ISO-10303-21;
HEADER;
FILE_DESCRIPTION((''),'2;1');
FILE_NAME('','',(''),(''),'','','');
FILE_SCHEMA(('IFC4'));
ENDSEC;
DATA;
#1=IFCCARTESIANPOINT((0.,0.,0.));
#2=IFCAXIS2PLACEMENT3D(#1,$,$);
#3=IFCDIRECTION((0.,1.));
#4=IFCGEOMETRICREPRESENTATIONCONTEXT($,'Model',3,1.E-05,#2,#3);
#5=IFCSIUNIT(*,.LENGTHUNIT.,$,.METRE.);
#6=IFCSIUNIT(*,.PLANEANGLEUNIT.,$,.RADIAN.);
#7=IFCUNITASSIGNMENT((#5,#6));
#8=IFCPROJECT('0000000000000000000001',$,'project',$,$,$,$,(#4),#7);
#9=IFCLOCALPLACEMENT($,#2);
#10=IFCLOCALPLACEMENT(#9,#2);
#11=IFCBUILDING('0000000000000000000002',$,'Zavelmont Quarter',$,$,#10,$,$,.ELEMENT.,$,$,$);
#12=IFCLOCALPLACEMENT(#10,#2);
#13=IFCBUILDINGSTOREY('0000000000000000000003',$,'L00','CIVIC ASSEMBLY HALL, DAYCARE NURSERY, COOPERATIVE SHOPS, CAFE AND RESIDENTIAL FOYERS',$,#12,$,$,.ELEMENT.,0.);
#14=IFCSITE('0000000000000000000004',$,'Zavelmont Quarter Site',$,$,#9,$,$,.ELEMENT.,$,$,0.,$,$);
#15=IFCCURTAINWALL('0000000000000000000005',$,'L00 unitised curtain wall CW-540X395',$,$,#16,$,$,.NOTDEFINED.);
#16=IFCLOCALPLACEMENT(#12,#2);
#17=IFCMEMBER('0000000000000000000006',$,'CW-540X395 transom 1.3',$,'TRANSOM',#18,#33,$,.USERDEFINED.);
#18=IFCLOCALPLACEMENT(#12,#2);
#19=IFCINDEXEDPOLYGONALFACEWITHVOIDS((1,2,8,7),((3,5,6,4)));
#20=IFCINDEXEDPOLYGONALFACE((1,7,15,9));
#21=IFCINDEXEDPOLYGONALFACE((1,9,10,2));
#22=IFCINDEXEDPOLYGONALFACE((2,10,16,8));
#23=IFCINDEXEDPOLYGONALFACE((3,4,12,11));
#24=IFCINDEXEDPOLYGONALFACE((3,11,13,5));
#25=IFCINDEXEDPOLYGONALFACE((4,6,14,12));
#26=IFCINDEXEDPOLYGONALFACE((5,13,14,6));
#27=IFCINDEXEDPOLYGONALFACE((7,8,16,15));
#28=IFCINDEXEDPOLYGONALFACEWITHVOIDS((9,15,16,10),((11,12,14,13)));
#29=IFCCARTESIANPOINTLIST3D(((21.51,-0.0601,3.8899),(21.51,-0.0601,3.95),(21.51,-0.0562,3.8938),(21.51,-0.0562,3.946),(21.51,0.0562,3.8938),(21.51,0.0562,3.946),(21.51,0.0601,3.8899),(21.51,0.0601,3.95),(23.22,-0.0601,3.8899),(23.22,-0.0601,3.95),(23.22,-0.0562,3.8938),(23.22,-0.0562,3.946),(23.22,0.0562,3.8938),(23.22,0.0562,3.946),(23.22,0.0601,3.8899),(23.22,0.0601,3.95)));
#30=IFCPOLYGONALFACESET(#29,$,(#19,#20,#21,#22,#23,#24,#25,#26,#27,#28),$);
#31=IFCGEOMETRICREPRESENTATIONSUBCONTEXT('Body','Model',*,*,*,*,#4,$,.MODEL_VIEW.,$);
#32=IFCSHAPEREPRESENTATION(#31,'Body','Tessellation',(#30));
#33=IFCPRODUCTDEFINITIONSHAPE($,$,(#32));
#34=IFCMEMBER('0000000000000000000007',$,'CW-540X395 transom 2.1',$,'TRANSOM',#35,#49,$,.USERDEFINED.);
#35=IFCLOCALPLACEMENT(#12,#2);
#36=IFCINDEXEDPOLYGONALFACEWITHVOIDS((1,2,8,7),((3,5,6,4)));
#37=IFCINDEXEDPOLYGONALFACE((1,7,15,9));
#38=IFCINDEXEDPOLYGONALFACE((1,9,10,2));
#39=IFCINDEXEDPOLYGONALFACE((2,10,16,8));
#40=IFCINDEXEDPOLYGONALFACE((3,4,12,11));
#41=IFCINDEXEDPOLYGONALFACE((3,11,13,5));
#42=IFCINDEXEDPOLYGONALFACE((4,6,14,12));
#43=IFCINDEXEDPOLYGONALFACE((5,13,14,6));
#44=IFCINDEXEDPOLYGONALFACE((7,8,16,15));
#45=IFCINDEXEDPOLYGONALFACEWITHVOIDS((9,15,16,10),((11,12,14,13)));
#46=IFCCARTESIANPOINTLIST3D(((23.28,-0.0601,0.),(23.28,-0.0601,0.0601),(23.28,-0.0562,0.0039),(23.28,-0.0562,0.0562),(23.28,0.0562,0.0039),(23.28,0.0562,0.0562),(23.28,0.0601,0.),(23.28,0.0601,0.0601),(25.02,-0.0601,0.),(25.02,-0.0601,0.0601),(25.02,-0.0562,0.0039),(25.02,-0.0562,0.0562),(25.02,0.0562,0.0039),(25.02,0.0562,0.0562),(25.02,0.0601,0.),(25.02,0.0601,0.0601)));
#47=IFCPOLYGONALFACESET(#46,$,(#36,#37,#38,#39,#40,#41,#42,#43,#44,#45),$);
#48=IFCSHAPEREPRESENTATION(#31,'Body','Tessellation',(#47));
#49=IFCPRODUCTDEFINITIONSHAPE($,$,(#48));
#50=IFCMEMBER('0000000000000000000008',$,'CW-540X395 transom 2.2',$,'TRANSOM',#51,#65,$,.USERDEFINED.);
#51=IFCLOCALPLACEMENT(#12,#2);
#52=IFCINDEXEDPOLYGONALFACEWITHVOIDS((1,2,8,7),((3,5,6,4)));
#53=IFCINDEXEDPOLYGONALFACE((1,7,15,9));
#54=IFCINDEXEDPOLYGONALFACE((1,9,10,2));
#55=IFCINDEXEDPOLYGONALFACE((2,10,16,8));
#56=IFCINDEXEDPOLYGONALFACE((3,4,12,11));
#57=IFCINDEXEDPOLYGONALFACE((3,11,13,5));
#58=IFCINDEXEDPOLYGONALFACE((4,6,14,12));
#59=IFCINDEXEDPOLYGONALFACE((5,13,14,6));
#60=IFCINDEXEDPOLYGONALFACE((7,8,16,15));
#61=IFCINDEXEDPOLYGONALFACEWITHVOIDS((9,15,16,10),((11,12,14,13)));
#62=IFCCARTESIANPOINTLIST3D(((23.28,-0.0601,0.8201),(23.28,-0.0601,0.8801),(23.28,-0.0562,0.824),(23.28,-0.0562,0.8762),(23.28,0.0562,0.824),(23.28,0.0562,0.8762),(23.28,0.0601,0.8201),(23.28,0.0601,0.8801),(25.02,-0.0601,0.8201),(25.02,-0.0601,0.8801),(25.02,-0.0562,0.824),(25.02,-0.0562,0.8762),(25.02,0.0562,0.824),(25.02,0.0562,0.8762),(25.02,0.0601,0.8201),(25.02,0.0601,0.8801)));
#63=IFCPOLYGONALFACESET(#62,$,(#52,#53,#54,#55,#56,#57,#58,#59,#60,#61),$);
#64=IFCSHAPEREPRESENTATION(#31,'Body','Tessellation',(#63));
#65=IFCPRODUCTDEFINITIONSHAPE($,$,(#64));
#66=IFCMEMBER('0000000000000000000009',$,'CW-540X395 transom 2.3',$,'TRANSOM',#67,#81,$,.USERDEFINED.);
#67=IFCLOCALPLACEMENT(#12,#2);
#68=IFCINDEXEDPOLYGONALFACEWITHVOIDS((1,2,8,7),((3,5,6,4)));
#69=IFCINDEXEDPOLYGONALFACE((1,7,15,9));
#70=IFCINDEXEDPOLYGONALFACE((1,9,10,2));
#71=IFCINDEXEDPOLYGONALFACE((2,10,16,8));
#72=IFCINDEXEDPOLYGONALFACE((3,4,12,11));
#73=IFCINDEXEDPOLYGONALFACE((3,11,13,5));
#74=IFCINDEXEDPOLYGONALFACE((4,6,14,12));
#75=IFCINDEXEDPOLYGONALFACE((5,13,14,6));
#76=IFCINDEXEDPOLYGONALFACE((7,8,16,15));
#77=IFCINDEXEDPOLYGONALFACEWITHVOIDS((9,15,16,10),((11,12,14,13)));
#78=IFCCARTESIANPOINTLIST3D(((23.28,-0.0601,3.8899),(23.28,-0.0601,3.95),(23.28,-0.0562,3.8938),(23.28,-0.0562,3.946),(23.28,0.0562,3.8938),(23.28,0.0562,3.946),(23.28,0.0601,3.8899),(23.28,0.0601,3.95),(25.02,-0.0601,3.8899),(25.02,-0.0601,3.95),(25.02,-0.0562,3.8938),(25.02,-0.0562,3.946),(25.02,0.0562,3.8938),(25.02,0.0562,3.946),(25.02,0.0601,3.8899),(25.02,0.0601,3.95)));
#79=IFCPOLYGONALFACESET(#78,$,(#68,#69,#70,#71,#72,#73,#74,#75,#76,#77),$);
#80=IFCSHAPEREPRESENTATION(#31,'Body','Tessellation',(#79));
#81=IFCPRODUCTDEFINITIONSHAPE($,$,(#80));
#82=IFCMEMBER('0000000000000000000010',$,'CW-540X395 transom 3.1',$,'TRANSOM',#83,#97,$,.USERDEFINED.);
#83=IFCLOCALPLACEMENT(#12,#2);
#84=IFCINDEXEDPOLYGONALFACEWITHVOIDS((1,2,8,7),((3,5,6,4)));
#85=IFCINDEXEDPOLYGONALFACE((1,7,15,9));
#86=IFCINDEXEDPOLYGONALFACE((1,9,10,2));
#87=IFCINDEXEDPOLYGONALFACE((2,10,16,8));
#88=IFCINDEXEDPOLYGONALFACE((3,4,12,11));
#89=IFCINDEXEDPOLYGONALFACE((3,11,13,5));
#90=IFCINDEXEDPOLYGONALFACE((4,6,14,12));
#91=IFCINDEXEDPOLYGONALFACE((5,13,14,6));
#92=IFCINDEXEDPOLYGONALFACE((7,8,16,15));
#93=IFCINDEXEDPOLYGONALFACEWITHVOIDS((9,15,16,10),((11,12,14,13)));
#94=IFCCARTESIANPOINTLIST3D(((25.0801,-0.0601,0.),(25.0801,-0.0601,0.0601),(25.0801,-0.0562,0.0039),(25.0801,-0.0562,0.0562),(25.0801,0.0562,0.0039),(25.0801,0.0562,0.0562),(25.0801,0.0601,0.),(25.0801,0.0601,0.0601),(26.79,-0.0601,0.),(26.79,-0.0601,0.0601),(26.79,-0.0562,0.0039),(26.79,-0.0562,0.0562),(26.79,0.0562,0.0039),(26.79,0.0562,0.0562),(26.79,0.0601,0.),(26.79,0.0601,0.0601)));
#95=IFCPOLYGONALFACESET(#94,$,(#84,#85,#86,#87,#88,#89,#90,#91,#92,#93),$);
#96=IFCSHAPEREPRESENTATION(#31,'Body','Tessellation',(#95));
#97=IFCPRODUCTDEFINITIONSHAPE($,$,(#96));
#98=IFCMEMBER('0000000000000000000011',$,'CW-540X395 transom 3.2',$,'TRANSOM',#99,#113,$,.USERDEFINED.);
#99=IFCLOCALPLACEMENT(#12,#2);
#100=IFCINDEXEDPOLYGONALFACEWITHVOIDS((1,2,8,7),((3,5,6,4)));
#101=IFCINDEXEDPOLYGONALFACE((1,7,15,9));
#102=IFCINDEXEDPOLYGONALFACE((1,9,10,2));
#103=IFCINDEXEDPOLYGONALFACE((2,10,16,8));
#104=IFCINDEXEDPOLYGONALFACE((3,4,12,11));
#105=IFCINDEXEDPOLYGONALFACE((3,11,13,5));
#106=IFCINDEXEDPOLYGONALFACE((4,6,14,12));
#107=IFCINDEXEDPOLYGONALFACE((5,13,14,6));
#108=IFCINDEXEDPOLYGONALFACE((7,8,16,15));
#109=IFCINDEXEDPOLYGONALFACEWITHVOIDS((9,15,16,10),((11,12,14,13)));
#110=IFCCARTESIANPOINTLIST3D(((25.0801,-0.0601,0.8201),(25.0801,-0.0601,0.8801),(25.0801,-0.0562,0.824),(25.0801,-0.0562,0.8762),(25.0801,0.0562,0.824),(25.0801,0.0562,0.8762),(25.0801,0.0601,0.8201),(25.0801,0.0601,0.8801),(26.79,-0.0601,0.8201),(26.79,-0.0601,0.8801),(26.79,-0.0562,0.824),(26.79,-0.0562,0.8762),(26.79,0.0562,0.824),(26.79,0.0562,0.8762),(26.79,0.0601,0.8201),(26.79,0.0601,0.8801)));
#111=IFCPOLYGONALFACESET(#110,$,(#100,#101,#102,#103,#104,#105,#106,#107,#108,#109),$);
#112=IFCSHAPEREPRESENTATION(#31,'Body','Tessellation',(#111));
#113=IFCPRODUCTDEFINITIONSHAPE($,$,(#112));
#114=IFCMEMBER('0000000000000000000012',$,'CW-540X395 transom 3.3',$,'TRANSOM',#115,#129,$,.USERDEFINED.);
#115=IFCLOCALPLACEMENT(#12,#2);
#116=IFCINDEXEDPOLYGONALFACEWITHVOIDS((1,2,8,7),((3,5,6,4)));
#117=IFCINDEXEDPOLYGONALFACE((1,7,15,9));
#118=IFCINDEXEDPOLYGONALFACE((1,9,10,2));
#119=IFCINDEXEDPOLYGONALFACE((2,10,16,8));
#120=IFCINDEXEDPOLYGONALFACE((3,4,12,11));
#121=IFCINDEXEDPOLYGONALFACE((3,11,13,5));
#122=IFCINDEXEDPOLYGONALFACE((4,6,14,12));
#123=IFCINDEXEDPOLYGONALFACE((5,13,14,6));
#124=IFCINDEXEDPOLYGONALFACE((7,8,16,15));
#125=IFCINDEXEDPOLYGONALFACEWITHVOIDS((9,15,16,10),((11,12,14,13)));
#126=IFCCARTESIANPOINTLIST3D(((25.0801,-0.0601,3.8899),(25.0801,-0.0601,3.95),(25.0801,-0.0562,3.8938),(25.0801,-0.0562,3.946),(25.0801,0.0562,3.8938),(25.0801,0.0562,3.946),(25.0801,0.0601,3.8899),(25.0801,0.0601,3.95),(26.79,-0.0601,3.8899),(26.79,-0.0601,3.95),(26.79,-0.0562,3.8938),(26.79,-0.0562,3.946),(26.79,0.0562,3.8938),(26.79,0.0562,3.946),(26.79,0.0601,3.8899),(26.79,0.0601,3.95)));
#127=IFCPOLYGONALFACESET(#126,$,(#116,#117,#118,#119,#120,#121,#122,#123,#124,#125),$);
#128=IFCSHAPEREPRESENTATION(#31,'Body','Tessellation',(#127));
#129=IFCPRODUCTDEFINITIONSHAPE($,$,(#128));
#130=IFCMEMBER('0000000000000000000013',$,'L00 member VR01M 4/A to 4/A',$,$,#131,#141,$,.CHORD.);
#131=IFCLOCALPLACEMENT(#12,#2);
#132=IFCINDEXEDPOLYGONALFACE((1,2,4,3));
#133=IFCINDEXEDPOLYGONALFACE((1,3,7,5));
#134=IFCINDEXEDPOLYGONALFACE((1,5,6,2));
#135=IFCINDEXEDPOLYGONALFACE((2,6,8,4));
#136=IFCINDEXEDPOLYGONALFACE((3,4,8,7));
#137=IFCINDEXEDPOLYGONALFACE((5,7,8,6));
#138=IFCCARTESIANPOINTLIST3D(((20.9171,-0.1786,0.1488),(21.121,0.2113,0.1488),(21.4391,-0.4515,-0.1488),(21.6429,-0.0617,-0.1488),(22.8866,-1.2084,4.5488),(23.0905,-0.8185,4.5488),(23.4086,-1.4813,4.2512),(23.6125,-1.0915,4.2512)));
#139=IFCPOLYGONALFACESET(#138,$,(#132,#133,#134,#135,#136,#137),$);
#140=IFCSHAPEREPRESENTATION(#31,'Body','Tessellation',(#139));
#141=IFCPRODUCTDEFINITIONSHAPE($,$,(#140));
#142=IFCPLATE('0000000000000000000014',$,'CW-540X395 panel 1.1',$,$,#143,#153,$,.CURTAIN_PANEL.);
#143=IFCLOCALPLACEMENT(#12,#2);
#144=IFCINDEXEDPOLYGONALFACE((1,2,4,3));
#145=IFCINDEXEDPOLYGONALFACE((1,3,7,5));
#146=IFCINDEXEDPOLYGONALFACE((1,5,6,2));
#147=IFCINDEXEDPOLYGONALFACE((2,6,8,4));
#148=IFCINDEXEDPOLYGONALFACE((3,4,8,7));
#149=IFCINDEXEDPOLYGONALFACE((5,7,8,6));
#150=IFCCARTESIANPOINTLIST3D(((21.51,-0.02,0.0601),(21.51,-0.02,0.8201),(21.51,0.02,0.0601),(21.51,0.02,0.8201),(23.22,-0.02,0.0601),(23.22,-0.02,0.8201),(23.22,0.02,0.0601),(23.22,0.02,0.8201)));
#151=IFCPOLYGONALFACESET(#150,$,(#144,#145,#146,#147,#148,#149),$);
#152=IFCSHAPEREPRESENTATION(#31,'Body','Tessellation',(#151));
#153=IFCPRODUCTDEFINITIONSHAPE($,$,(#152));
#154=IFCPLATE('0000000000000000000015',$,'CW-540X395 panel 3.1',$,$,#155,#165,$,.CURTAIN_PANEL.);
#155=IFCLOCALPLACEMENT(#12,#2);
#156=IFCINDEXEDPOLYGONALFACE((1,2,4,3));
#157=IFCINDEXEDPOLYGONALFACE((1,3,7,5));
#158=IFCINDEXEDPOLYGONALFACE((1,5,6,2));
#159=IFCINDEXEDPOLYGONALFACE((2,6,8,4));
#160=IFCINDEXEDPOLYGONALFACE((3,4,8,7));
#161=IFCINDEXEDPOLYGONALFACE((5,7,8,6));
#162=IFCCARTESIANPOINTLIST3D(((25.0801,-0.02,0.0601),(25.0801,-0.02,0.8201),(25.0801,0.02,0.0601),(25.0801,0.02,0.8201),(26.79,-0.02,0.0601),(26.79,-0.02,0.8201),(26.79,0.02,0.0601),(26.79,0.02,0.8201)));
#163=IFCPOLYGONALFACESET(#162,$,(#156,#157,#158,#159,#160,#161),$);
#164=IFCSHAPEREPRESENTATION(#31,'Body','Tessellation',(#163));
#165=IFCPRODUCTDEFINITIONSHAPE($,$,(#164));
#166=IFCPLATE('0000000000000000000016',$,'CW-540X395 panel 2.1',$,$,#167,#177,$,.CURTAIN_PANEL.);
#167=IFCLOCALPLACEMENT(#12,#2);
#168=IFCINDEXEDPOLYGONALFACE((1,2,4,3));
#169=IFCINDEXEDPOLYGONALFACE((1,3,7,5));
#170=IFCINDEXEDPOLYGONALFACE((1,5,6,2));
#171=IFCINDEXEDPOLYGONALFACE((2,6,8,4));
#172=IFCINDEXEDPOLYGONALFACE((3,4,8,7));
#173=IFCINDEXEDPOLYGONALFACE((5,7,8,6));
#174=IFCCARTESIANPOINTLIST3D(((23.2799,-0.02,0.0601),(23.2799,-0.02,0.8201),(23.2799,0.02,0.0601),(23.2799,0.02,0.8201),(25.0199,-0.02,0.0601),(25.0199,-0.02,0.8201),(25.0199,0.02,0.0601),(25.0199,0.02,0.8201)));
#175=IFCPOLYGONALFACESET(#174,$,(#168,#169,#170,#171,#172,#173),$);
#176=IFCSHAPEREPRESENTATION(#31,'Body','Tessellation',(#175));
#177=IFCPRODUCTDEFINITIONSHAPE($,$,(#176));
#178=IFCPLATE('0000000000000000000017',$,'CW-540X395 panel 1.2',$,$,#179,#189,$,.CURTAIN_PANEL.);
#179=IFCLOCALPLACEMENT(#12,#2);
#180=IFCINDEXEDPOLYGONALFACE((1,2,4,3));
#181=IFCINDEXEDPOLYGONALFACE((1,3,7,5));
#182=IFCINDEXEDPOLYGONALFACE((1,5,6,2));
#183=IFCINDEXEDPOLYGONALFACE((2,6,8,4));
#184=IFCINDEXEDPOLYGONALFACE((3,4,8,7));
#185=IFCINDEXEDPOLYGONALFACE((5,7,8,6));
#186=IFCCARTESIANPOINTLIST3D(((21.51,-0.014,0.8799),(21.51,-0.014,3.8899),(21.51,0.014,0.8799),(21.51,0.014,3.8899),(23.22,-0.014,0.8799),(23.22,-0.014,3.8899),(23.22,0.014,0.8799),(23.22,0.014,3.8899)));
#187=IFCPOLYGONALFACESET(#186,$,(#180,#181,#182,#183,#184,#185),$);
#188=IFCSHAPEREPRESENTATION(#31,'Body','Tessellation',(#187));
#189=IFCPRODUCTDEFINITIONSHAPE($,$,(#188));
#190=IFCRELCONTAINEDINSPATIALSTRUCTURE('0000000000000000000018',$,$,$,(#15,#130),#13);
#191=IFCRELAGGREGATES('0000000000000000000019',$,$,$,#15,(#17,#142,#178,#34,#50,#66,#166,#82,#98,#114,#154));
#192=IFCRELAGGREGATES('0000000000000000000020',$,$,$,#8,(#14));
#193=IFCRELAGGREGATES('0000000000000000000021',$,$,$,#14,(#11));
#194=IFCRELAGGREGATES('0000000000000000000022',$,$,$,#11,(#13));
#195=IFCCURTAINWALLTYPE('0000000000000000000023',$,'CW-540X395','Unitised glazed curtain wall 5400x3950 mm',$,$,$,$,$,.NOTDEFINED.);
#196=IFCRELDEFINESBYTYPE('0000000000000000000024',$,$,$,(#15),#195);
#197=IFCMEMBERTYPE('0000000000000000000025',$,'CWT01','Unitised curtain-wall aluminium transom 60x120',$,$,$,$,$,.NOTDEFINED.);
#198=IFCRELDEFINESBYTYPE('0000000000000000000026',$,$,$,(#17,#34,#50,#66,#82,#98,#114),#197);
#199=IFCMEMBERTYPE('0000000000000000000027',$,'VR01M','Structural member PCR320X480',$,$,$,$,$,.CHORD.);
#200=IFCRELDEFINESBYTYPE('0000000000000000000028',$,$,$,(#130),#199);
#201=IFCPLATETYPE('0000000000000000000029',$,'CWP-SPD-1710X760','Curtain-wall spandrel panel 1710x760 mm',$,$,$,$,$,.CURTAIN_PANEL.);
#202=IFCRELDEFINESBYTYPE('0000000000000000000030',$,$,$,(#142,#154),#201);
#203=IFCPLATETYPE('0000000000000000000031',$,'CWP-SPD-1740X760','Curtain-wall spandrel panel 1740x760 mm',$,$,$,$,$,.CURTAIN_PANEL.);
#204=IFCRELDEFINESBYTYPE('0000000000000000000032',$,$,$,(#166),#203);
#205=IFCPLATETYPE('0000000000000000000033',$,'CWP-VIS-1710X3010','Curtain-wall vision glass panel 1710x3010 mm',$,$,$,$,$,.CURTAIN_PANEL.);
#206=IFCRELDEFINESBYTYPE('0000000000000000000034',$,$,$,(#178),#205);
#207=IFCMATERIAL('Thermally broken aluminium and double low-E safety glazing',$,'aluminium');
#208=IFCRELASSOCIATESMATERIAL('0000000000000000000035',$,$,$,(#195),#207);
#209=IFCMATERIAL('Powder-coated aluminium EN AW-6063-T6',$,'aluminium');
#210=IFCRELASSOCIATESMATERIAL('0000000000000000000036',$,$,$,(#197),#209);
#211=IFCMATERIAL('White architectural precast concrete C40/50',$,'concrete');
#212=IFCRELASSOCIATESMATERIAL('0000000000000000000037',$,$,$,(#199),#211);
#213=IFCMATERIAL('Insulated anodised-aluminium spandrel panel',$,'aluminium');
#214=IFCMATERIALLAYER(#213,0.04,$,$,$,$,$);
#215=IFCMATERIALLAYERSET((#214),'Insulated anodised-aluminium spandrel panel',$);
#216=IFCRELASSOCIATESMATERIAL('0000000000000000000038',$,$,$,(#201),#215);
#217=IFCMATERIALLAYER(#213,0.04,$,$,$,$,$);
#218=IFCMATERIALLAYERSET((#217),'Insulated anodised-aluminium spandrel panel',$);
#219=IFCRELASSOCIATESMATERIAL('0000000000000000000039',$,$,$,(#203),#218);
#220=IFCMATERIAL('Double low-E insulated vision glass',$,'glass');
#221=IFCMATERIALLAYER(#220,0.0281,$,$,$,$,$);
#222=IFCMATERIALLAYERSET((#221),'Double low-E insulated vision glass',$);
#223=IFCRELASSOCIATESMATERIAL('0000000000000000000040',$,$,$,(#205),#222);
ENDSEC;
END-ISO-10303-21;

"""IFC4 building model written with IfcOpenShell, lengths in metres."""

from ifc_helpers import new_model, si_unit, direction, frame, origin, origin_2d, place, context, subcontext, project, spatial, rectangle, hollow_rectangle, extrude, material, layer, layer_set, material_profile, profile_set, type_object, element, aggregate, save


model = new_model("IFC4")

# Units and contexts
model_context = context("Model", 3, precision=1e-05, world=origin(), true_north=direction((0.0, 1.0)))
body_context = subcontext(model_context, "Body", "Model", "MODEL_VIEW")
ifc_project = project(units=[si_unit("LENGTHUNIT", "METRE"), si_unit("PLANEANGLEUNIT", "RADIAN")], contexts=[model_context])

# Site, building, storey
site_placement = place(None, origin())
site = spatial("IfcSite", under=ifc_project, at=site_placement, Name="Zavelmont Quarter Site", CompositionType="ELEMENT", RefElevation=0.0)
building_placement = place(site_placement, origin())
building = spatial("IfcBuilding", under=site, at=building_placement, Name="Zavelmont Quarter", CompositionType="ELEMENT")
storey_placement = place(building_placement, origin())
storey = spatial("IfcBuildingStorey", under=building, at=storey_placement, Name="L00", Description="CIVIC ASSEMBLY HALL, DAYCARE NURSERY, COOPERATIVE SHOPS, CAFE AND RESIDENTIAL FOYERS", CompositionType="ELEMENT", Elevation=0.0)

# Curtain wall, members
ifc_material_1 = material(Name="Thermally broken aluminium and double low-E safety glazing", Category="aluminium")
curtain_wall_type = type_object("IfcCurtainWallType", Name="CW-540X395", Description="Unitised glazed curtain wall 5400x3950 mm", PredefinedType="NOTDEFINED", material=ifc_material_1)
curtain_wall_placement = place(storey_placement, origin())
curtain_wall = element("IfcCurtainWall", 1, at=curtain_wall_placement, inside=storey, type_object=curtain_wall_type, Name="L00 unitised curtain wall CW-540X395", PredefinedType="NOTDEFINED")
ifc_material_2 = material(Name="Powder-coated aluminium EN AW-6063-T6", Category="aluminium")
ifc_material_profile_1 = material_profile(ifc_material_2, hollow_rectangle(XDim=0.1201, YDim=0.0601, WallThickness=0.0039, at=origin_2d()), Name="CWT60X120")
ifc_profile_set_1 = profile_set([ifc_material_profile_1], Name="Powder-coated aluminium EN AW-6063-T6")
member_type_1 = type_object("IfcMemberType", Name="CWT01", Description="Unitised curtain-wall aluminium transom 60x120", PredefinedType="NOTDEFINED", material=ifc_profile_set_1)
member_1_placement = place(storey_placement, frame((21.51, 0.0, 3.9199), z_axis=(1.0, 0.0, 0.0), x_axis=(0.0, 1.0, 0.0)))
member_1 = element("IfcMember", 2, at=member_1_placement, type_object=member_type_1, Name="CW-540X395 transom 1.3", ObjectType="TRANSOM", PredefinedType="USERDEFINED", context=body_context, shape_type="SweptSolid", body=[
    extrude(hollow_rectangle(XDim=0.1201, YDim=0.0601, WallThickness=0.0039, at=origin_2d()), origin(), (0.0, 0.0, 1.0), 1.71),
])
member_2_placement = place(storey_placement, frame((23.28, 0.0, 0.03), z_axis=(1.0, 0.0, 0.0), x_axis=(0.0, 1.0, 0.0)))
member_2 = element("IfcMember", 3, at=member_2_placement, type_object=member_type_1, Name="CW-540X395 transom 2.1", ObjectType="TRANSOM", PredefinedType="USERDEFINED", context=body_context, shape_type="SweptSolid", body=[
    extrude(hollow_rectangle(XDim=0.1201, YDim=0.0601, WallThickness=0.0039, at=origin_2d()), origin(), (0.0, 0.0, 1.0), 1.74),
])
member_3_placement = place(storey_placement, frame((23.28, 0.0, 0.8501), z_axis=(1.0, 0.0, 0.0), x_axis=(0.0, 1.0, 0.0)))
member_3 = element("IfcMember", 4, at=member_3_placement, type_object=member_type_1, Name="CW-540X395 transom 2.2", ObjectType="TRANSOM", PredefinedType="USERDEFINED", context=body_context, shape_type="SweptSolid", body=[
    extrude(hollow_rectangle(XDim=0.1201, YDim=0.0601, WallThickness=0.0039, at=origin_2d()), origin(), (0.0, 0.0, 1.0), 1.74),
])
member_4_placement = place(storey_placement, frame((23.28, 0.0, 3.9199), z_axis=(1.0, 0.0, 0.0), x_axis=(0.0, 1.0, 0.0)))
member_4 = element("IfcMember", 5, at=member_4_placement, type_object=member_type_1, Name="CW-540X395 transom 2.3", ObjectType="TRANSOM", PredefinedType="USERDEFINED", context=body_context, shape_type="SweptSolid", body=[
    extrude(hollow_rectangle(XDim=0.1201, YDim=0.0601, WallThickness=0.0039, at=origin_2d()), origin(), (0.0, 0.0, 1.0), 1.74),
])
member_5_placement = place(storey_placement, frame((25.0801, 0.0, 0.03), z_axis=(1.0, 0.0, 0.0), x_axis=(0.0, 1.0, 0.0)))
member_5 = element("IfcMember", 6, at=member_5_placement, type_object=member_type_1, Name="CW-540X395 transom 3.1", ObjectType="TRANSOM", PredefinedType="USERDEFINED", context=body_context, shape_type="SweptSolid", body=[
    extrude(hollow_rectangle(XDim=0.1201, YDim=0.0601, WallThickness=0.0039, at=origin_2d()), origin(), (0.0, 0.0, 1.0), 1.71),
])
member_6_placement = place(storey_placement, frame((25.0801, 0.0, 0.8501), z_axis=(1.0, 0.0, 0.0), x_axis=(0.0, 1.0, 0.0)))
member_6 = element("IfcMember", 7, at=member_6_placement, type_object=member_type_1, Name="CW-540X395 transom 3.2", ObjectType="TRANSOM", PredefinedType="USERDEFINED", context=body_context, shape_type="SweptSolid", body=[
    extrude(hollow_rectangle(XDim=0.1201, YDim=0.0601, WallThickness=0.0039, at=origin_2d()), origin(), (0.0, 0.0, 1.0), 1.71),
])
member_7_placement = place(storey_placement, frame((25.0801, 0.0, 3.9199), z_axis=(1.0, 0.0, 0.0), x_axis=(0.0, 1.0, 0.0)))
member_7 = element("IfcMember", 8, at=member_7_placement, type_object=member_type_1, Name="CW-540X395 transom 3.3", ObjectType="TRANSOM", PredefinedType="USERDEFINED", context=body_context, shape_type="SweptSolid", body=[
    extrude(hollow_rectangle(XDim=0.1201, YDim=0.0601, WallThickness=0.0039, at=origin_2d()), origin(), (0.0, 0.0, 1.0), 1.71),
])

# Member
ifc_material_3 = material(Name="White architectural precast concrete C40/50", Category="concrete")
ifc_material_profile_2 = material_profile(ifc_material_3, rectangle(XDim=0.4399, YDim=0.6599, at=origin_2d()), Name="PCR320X480")
ifc_profile_set_2 = profile_set([ifc_material_profile_2], Name="White architectural precast concrete C40/50")
member_type_2 = type_object("IfcMemberType", Name="VR01M", Description="Structural member PCR320X480", PredefinedType="CHORD", material=ifc_profile_set_2)
member_8_placement = place(storey_placement, frame((21.28, -0.1201, 0.0), z_axis=(0.399542, -0.208909, 0.892593), x_axis=(0.463354, 0.886173, 0.0)))
element("IfcMember", 9, at=member_8_placement, inside=storey, type_object=member_type_2, Name="L00 member VR01M 4/A to 4/A", PredefinedType="CHORD", context=body_context, shape_type="SweptSolid", body=[
    extrude(rectangle(XDim=0.4399, YDim=0.6599, at=origin_2d()), origin(), (0.0, 0.0, 1.0), 4.9294),
])

# Plates
ifc_material_4 = material(Name="Insulated anodised-aluminium spandrel panel", Category="aluminium")
ifc_layer_1 = layer(ifc_material_4, 0.04)
ifc_layer_set_1 = layer_set([ifc_layer_1], Name="Insulated anodised-aluminium spandrel panel")
plate_type_1 = type_object("IfcPlateType", Name="CWP-SPD-1710X760", Description="Curtain-wall spandrel panel 1710x760 mm", PredefinedType="CURTAIN_PANEL", material=ifc_layer_set_1)
plate_1_placement = place(storey_placement, frame((22.365, 0.0, 0.0601), z_axis=(0.0, 0.0, 1.0), x_axis=(1.0, 0.0, 0.0)))
plate_1 = element("IfcPlate", 10, at=plate_1_placement, type_object=plate_type_1, Name="CW-540X395 panel 1.1", PredefinedType="CURTAIN_PANEL", context=body_context, shape_type="SweptSolid", body=[
    extrude(rectangle(XDim=1.71, YDim=0.04, at=origin_2d()), origin(), (0.0, 0.0, 1.0), 0.76),
])
plate_2_placement = place(storey_placement, frame((25.9351, 0.0, 0.0601), z_axis=(0.0, 0.0, 1.0), x_axis=(1.0, 0.0, 0.0)))
plate_2 = element("IfcPlate", 11, at=plate_2_placement, type_object=plate_type_1, Name="CW-540X395 panel 3.1", PredefinedType="CURTAIN_PANEL", context=body_context, shape_type="SweptSolid", body=[
    extrude(rectangle(XDim=1.71, YDim=0.04, at=origin_2d()), origin(), (0.0, 0.0, 1.0), 0.76),
])
ifc_layer_2 = layer(ifc_material_4, 0.04)
ifc_layer_set_2 = layer_set([ifc_layer_2], Name="Insulated anodised-aluminium spandrel panel")
plate_type_2 = type_object("IfcPlateType", Name="CWP-SPD-1740X760", Description="Curtain-wall spandrel panel 1740x760 mm", PredefinedType="CURTAIN_PANEL", material=ifc_layer_set_2)
plate_3_placement = place(storey_placement, frame((24.1499, 0.0, 0.0601), z_axis=(0.0, 0.0, 1.0), x_axis=(1.0, 0.0, 0.0)))
plate_3 = element("IfcPlate", 12, at=plate_3_placement, type_object=plate_type_2, Name="CW-540X395 panel 2.1", PredefinedType="CURTAIN_PANEL", context=body_context, shape_type="SweptSolid", body=[
    extrude(rectangle(XDim=1.74, YDim=0.04, at=origin_2d()), origin(), (0.0, 0.0, 1.0), 0.76),
])
ifc_material_5 = material(Name="Double low-E insulated vision glass", Category="glass")
ifc_layer_3 = layer(ifc_material_5, 0.0281)
ifc_layer_set_3 = layer_set([ifc_layer_3], Name="Double low-E insulated vision glass")
plate_type_3 = type_object("IfcPlateType", Name="CWP-VIS-1710X3010", Description="Curtain-wall vision glass panel 1710x3010 mm", PredefinedType="CURTAIN_PANEL", material=ifc_layer_set_3)
plate_4_placement = place(storey_placement, frame((22.365, 0.0, 0.8799), z_axis=(0.0, 0.0, 1.0), x_axis=(1.0, 0.0, 0.0)))
plate_4 = element("IfcPlate", 13, at=plate_4_placement, type_object=plate_type_3, Name="CW-540X395 panel 1.2", PredefinedType="CURTAIN_PANEL", context=body_context, shape_type="SweptSolid", body=[
    extrude(rectangle(XDim=1.71, YDim=0.0281, at=origin_2d()), origin(), (0.0, 0.0, 1.0), 3.01),
])
aggregate(curtain_wall, [member_1, plate_1, plate_4, member_2, member_3, member_4, plate_3, member_5, member_6, member_7, plate_2])

save(model, "model.ifc")
